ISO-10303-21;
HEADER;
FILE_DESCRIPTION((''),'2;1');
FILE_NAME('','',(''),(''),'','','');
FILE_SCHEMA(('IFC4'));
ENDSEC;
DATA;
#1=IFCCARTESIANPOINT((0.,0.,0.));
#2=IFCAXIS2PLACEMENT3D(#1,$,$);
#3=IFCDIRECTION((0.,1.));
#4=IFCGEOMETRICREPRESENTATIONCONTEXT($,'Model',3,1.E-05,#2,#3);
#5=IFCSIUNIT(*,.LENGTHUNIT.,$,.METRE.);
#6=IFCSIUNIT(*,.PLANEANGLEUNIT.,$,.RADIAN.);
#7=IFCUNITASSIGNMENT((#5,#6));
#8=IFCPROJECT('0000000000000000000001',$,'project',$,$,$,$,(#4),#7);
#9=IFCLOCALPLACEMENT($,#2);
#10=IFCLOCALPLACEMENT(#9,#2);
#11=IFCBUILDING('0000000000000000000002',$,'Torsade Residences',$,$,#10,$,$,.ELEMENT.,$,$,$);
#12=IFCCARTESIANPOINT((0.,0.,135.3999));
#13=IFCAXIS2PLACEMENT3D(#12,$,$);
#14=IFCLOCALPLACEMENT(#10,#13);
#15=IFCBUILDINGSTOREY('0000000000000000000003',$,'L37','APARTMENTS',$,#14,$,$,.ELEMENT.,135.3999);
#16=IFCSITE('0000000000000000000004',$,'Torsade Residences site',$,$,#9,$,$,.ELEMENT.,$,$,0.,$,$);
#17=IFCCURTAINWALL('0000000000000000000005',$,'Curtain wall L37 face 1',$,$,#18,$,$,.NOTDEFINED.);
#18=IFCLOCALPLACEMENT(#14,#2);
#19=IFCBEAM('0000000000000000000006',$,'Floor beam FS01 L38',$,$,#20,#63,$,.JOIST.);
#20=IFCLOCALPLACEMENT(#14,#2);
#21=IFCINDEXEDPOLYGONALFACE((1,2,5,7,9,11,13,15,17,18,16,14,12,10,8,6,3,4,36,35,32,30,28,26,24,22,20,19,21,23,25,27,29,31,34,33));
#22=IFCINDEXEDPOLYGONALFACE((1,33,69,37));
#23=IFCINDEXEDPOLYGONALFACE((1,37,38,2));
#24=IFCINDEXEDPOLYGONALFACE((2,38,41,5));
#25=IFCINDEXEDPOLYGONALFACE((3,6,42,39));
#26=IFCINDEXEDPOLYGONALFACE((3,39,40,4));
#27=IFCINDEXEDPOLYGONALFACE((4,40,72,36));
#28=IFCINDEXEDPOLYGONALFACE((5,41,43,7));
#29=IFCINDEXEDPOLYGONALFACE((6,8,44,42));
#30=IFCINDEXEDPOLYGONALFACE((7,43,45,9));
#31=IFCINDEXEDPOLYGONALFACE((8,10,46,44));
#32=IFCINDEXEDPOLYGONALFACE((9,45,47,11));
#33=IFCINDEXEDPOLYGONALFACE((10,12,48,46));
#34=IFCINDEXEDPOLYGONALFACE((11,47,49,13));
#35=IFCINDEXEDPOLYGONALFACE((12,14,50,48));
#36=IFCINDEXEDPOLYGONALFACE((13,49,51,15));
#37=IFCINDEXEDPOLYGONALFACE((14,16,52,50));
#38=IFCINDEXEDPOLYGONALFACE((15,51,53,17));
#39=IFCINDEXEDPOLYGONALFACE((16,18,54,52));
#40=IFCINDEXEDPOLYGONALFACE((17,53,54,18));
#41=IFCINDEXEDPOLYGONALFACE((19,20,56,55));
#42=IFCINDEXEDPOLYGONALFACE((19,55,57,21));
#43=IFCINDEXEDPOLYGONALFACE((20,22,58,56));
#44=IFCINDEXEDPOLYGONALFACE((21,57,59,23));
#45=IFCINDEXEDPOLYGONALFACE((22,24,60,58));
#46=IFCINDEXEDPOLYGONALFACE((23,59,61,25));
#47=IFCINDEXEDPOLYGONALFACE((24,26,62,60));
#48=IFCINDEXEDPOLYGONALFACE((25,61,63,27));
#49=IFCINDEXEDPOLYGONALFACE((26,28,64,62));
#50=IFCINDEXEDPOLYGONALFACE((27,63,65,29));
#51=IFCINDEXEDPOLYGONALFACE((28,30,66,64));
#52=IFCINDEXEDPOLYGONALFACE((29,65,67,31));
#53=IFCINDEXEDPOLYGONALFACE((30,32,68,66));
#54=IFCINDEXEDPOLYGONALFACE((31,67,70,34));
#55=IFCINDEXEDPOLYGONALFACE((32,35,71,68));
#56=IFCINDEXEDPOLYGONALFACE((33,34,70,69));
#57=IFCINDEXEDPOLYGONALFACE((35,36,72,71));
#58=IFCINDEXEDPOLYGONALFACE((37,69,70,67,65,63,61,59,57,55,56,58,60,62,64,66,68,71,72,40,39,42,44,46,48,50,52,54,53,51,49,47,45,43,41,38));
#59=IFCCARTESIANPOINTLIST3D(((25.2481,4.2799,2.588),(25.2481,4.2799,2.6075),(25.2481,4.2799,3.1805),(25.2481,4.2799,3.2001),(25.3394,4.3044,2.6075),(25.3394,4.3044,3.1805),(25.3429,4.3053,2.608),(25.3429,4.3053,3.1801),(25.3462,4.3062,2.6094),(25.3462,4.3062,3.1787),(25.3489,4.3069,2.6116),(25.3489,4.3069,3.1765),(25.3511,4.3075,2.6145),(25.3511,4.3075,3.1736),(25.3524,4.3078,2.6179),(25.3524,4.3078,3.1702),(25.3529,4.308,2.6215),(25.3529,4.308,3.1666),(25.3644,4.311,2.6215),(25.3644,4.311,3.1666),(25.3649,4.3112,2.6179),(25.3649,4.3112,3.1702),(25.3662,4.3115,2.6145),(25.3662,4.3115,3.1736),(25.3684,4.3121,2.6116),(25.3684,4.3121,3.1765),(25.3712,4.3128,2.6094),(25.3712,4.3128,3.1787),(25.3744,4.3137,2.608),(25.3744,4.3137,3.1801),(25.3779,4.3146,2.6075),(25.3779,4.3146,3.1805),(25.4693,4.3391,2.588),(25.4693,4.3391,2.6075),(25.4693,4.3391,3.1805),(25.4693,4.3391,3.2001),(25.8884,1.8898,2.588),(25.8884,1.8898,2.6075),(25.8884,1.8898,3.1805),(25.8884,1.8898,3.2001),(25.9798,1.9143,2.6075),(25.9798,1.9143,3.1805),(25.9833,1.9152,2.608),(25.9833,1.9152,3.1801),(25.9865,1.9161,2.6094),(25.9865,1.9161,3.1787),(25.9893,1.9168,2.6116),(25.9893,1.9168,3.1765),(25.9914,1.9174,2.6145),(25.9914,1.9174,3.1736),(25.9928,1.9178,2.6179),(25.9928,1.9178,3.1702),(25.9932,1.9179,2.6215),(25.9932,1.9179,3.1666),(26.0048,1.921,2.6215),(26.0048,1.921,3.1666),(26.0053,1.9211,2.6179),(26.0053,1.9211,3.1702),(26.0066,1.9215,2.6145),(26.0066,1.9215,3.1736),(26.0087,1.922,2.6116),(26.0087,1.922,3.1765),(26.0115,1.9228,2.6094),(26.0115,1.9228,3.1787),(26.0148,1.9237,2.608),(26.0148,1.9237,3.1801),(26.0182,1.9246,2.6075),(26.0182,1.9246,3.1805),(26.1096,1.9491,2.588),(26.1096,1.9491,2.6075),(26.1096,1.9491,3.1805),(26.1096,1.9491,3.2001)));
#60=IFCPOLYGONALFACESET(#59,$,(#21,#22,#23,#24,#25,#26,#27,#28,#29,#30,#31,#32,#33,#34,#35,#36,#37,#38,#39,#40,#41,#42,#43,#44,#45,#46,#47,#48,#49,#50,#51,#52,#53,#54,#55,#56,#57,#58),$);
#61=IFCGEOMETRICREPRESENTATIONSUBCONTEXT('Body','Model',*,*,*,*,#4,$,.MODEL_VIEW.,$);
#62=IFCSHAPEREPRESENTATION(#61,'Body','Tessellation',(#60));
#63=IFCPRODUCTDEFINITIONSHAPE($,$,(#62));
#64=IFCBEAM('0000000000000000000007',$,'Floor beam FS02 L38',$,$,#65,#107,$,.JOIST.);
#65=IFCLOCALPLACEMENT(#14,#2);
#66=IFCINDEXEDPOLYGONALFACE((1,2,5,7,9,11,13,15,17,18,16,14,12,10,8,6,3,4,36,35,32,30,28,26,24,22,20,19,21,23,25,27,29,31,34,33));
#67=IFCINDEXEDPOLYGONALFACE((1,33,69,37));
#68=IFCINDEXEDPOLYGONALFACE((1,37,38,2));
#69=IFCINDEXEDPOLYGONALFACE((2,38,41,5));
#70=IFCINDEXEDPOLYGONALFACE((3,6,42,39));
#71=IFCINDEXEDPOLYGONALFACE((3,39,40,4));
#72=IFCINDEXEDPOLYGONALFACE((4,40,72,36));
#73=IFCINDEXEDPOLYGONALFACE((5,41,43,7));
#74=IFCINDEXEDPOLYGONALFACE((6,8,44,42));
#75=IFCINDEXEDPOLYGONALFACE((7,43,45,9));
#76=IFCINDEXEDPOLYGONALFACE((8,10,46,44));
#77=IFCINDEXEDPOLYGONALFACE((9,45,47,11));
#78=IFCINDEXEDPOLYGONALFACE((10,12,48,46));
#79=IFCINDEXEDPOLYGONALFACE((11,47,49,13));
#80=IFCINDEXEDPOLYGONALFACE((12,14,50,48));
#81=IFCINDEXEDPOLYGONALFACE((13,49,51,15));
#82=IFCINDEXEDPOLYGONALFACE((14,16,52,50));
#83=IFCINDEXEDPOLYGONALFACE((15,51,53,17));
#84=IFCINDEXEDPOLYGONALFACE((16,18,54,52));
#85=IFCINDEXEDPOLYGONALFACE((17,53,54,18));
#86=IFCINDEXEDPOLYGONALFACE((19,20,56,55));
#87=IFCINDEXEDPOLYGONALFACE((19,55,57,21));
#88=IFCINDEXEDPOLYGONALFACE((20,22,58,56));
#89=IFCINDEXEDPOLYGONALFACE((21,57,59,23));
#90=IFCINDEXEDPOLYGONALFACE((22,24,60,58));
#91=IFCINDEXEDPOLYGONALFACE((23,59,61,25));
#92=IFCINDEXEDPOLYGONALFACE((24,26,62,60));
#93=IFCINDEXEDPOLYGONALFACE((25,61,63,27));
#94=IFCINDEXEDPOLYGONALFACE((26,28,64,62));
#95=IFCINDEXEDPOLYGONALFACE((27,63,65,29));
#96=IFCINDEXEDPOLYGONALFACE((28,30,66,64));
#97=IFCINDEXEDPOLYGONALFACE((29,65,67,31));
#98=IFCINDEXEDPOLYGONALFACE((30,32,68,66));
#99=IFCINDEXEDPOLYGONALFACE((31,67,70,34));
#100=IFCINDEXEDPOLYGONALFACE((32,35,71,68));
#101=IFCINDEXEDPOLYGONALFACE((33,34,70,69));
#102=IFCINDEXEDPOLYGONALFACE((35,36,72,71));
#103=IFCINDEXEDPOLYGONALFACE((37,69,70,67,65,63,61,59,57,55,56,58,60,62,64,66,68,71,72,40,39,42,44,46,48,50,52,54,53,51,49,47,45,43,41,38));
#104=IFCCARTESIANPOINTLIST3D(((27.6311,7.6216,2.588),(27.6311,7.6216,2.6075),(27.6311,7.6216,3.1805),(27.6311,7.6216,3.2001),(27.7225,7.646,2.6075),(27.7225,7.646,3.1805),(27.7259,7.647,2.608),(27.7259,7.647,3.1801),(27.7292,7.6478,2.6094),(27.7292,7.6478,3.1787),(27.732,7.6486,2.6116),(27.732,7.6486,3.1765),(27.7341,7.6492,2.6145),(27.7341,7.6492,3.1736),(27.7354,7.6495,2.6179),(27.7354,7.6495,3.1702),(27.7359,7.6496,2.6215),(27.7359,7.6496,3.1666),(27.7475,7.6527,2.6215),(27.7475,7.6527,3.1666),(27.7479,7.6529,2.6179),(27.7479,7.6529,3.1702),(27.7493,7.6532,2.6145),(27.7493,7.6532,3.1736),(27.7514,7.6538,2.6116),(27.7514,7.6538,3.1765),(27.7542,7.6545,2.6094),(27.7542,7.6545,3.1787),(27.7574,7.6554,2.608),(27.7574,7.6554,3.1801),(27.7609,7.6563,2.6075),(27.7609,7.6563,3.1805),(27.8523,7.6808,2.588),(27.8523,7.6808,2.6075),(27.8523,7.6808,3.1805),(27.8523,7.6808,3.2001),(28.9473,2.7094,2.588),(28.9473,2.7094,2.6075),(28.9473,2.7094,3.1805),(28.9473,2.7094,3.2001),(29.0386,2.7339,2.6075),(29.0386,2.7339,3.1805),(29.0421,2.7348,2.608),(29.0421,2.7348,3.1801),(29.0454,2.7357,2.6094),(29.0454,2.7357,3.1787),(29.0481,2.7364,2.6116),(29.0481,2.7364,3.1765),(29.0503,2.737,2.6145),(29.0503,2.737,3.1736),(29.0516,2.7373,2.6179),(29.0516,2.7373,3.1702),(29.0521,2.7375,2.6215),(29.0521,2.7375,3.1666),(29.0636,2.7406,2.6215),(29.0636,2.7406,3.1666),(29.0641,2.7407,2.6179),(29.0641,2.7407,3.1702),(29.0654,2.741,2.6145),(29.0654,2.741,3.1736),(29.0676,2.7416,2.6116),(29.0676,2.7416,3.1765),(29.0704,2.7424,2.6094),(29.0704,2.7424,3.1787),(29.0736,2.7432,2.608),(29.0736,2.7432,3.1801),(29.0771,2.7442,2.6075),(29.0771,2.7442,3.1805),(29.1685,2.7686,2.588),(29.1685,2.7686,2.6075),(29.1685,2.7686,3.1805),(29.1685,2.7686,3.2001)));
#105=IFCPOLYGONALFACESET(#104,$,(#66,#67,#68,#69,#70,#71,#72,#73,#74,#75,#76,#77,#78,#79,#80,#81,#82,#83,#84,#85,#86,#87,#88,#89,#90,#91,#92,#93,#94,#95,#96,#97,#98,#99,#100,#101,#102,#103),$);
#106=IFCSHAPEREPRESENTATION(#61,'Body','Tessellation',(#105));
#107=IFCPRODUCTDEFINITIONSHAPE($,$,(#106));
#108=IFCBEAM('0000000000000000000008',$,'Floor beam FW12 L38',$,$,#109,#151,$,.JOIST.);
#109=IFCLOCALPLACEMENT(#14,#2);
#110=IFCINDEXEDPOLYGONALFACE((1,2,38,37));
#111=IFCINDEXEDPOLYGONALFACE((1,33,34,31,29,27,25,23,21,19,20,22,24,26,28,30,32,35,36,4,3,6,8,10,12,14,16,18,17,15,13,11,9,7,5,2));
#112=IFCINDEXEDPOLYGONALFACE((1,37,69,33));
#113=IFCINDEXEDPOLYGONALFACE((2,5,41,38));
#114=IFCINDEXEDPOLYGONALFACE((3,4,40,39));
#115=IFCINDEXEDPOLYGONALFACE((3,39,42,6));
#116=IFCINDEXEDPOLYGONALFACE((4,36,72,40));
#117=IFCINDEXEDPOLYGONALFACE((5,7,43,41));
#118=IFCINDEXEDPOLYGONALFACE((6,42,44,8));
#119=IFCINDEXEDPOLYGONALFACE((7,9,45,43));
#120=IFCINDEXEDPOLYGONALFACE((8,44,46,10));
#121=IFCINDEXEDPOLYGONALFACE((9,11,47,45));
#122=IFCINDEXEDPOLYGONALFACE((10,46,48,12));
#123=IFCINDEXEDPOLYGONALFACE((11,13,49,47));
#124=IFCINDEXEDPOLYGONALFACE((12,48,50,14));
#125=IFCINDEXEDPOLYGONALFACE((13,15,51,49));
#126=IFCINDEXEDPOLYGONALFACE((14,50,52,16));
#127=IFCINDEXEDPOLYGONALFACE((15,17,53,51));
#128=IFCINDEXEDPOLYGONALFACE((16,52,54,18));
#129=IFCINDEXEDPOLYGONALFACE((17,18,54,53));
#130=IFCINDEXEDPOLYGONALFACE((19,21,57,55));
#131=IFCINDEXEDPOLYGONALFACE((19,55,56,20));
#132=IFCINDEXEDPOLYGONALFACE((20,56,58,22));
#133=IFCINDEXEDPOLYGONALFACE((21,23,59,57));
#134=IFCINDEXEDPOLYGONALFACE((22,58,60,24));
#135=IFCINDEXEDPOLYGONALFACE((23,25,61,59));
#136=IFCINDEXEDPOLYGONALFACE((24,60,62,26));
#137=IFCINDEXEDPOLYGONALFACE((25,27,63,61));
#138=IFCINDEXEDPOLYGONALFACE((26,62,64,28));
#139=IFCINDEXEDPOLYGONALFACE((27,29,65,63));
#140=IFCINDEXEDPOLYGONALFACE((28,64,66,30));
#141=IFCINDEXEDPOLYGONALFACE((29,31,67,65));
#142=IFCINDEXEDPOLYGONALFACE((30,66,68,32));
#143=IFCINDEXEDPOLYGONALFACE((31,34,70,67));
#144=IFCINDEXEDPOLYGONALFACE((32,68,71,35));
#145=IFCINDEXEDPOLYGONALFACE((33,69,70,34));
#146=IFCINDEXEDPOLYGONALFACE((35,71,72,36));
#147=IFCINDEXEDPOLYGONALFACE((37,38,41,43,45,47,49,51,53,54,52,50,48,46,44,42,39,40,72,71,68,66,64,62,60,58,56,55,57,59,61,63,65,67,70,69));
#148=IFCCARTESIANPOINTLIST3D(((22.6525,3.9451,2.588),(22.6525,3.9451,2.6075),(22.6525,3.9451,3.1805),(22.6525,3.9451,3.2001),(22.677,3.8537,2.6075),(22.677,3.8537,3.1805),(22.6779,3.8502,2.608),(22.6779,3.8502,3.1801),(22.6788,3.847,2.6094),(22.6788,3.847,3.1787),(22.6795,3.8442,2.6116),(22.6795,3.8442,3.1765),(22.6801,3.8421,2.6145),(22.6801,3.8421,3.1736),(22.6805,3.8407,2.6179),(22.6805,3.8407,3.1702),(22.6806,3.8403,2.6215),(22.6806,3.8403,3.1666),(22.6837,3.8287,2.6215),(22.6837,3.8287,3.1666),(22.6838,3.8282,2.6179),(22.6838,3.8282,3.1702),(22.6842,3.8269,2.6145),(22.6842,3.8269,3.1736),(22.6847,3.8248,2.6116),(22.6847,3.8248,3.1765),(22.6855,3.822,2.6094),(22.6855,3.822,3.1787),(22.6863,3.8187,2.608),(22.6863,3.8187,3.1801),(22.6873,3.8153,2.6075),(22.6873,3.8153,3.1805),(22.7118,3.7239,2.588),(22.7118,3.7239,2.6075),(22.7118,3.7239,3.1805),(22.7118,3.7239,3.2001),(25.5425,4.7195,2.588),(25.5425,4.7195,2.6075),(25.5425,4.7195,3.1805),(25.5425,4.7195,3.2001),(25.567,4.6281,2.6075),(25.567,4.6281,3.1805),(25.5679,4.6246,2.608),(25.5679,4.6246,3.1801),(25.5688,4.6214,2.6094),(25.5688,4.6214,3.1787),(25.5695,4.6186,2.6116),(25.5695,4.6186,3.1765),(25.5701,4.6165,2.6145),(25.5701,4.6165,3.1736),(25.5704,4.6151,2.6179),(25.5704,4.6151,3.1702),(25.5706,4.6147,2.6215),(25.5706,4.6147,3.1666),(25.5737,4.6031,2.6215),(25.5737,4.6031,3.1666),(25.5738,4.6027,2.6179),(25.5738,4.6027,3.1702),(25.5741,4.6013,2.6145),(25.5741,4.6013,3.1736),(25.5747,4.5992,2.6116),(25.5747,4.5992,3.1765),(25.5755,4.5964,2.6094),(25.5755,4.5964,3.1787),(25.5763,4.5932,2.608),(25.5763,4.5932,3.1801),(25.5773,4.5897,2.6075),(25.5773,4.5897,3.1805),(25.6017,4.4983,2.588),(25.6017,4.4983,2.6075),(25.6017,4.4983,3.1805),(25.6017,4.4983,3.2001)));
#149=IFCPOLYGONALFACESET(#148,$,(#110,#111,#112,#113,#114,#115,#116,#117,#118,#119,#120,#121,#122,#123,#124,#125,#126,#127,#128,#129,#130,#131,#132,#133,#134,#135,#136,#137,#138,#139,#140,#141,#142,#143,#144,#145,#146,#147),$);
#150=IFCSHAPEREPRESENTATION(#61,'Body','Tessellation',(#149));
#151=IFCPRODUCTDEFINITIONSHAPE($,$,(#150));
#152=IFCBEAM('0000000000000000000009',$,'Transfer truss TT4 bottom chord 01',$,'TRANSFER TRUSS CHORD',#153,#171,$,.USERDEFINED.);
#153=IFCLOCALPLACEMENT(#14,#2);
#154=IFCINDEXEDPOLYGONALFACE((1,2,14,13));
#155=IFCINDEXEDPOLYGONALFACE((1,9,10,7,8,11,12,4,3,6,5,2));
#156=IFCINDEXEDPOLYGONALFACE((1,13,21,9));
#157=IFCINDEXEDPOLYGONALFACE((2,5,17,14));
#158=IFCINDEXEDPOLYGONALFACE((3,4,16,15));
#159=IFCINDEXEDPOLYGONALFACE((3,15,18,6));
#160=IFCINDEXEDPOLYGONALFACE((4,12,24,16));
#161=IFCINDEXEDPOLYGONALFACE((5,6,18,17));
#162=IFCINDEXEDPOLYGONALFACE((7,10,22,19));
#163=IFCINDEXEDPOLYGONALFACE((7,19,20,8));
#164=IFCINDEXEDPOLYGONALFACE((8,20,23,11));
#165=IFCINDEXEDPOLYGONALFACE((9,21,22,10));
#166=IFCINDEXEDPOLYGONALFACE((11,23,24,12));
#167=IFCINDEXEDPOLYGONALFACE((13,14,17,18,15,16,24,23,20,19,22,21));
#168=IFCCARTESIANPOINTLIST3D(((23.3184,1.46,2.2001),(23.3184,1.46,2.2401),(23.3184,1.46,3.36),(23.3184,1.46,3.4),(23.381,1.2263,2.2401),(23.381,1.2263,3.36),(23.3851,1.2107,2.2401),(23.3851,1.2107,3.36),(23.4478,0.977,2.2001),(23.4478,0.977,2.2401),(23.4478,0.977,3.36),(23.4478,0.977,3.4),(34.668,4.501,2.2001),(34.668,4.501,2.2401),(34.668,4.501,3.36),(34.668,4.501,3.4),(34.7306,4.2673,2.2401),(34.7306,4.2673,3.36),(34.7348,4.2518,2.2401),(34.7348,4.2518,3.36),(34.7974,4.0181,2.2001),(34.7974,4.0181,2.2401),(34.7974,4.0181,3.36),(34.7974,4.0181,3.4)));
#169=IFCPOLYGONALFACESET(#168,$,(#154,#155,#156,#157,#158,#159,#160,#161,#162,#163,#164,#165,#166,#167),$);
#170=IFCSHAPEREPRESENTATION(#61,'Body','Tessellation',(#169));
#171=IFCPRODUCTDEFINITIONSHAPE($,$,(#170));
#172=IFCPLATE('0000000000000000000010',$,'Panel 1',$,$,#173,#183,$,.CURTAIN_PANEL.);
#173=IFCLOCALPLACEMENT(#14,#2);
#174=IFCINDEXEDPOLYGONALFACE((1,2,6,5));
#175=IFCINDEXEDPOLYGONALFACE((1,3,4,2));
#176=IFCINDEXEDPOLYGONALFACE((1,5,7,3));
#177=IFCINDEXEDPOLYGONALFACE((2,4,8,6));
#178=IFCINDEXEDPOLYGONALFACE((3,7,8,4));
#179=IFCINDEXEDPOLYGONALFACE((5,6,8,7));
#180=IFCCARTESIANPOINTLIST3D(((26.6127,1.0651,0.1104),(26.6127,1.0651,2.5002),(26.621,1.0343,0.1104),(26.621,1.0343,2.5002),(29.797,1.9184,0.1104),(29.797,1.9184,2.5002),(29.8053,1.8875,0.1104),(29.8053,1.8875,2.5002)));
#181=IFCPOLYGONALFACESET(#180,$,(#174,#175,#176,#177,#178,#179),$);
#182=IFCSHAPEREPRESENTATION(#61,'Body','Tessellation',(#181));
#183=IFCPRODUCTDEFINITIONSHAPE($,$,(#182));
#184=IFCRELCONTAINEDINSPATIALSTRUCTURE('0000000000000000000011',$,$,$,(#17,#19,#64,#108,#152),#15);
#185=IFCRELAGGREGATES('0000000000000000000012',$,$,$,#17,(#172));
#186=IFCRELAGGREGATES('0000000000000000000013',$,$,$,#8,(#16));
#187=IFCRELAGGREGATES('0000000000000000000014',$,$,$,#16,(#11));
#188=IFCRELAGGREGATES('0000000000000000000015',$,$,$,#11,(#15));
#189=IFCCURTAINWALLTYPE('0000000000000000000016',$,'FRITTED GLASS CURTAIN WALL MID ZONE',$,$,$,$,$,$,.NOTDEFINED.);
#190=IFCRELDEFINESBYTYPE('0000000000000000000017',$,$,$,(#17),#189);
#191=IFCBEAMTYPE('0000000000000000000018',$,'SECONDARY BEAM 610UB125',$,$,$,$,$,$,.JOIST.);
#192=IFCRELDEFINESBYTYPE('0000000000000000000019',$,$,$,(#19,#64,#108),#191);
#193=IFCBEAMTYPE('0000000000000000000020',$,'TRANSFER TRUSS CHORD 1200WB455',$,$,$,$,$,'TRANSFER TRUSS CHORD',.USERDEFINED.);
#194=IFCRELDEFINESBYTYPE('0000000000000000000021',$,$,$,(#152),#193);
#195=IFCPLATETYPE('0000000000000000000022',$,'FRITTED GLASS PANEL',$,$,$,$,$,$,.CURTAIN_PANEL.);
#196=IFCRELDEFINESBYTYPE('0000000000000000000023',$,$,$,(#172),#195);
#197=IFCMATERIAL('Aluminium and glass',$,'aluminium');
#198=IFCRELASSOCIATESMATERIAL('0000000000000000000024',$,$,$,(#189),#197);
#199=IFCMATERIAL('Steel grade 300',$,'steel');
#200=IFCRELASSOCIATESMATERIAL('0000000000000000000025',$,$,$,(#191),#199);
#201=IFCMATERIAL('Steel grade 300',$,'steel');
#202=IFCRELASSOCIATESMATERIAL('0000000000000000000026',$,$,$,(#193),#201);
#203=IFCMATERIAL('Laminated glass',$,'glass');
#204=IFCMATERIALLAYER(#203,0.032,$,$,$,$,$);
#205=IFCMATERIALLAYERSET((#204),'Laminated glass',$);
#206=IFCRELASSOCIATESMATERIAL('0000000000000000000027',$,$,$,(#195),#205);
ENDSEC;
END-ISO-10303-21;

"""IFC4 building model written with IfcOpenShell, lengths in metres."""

from ifc_helpers import new_model, si_unit, direction, frame, origin, origin_2d, place, context, subcontext, project, spatial, rectangle, i_section, extrude, material, layer, layer_set, material_profile, profile_set, type_object, element, aggregate, save


model = new_model("IFC4")

# Units and contexts
model_context = context("Model", 3, precision=1e-05, world=origin(), true_north=direction((0.0, 1.0)))
body_context = subcontext(model_context, "Body", "Model", "MODEL_VIEW")
ifc_project = project(units=[si_unit("LENGTHUNIT", "METRE"), si_unit("PLANEANGLEUNIT", "RADIAN")], contexts=[model_context])

# Site, building, storey
site_placement = place(None, origin())
site = spatial("IfcSite", under=ifc_project, at=site_placement, Name="Torsade Residences site", CompositionType="ELEMENT", RefElevation=0.0)
building_placement = place(site_placement, origin())
building = spatial("IfcBuilding", under=site, at=building_placement, Name="Torsade Residences", CompositionType="ELEMENT")
storey_placement = place(building_placement, frame((0.0, 0.0, 135.3999)))
storey = spatial("IfcBuildingStorey", under=building, at=storey_placement, Name="L37", Description="APARTMENTS", CompositionType="ELEMENT", Elevation=135.3999)

# Curtain wall
ifc_material_1 = material(Name="Aluminium and glass", Category="aluminium")
curtain_wall_type = type_object("IfcCurtainWallType", Name="FRITTED GLASS CURTAIN WALL MID ZONE", PredefinedType="NOTDEFINED", material=ifc_material_1)
curtain_wall_placement = place(storey_placement, origin())
curtain_wall = element("IfcCurtainWall", 1, at=curtain_wall_placement, inside=storey, type_object=curtain_wall_type, Name="Curtain wall L37 face 1", PredefinedType="NOTDEFINED")

# Beams
ifc_material_2 = material(Name="Steel grade 300", Category="steel")
ifc_material_profile_1 = material_profile(ifc_material_2, i_section(OverallWidth=0.229, OverallDepth=0.6121, WebThickness=0.012, FlangeThickness=0.0195, FilletRadius=0.0139, at=origin_2d()), Name="610UB125")
ifc_profile_set_1 = profile_set([ifc_material_profile_1], Name="Steel grade 300")
beam_type_1 = type_object("IfcBeamType", Name="SECONDARY BEAM 610UB125", PredefinedType="JOIST", material=ifc_profile_set_1)
beam_1_placement = place(storey_placement, frame((25.999, 1.9194, 2.894), z_axis=(-0.258799, 0.965931, 0.0), x_axis=(-0.965931, -0.258799, 0.0)))
element("IfcBeam", 2, at=beam_1_placement, inside=storey, type_object=beam_type_1, Name="Floor beam FS01 L38", PredefinedType="JOIST", context=body_context, shape_type="SweptSolid", body=[
    extrude(i_section(OverallWidth=0.229, OverallDepth=0.6121, WebThickness=0.012, FlangeThickness=0.0195, FilletRadius=0.0139, at=origin_2d()), origin(), (0.0, 0.0, 1.0), 2.4744),
])
beam_2_placement = place(storey_placement, frame((29.0579, 2.739, 2.894), z_axis=(-0.258813, 0.965927, 0.0), x_axis=(-0.965927, -0.258813, 0.0)))
element("IfcBeam", 3, at=beam_2_placement, inside=storey, type_object=beam_type_1, Name="Floor beam FS02 L38", PredefinedType="JOIST", context=body_context, shape_type="SweptSolid", body=[
    extrude(i_section(OverallWidth=0.229, OverallDepth=0.6121, WebThickness=0.012, FlangeThickness=0.0195, FilletRadius=0.0139, at=origin_2d()), origin(), (0.0, 0.0, 1.0), 5.0854),
])
beam_3_placement = place(storey_placement, frame((22.6821, 3.8345, 2.894), z_axis=(0.96592, 0.258841, 0.0), x_axis=(-0.258841, 0.96592, 0.0)))
element("IfcBeam", 4, at=beam_3_placement, inside=storey, type_object=beam_type_1, Name="Floor beam FW12 L38", PredefinedType="JOIST", context=body_context, shape_type="SweptSolid", body=[
    extrude(i_section(OverallWidth=0.229, OverallDepth=0.6121, WebThickness=0.012, FlangeThickness=0.0195, FilletRadius=0.0139, at=origin_2d()), origin(), (0.0, 0.0, 1.0), 2.9919),
])
ifc_material_3 = material(Name="Steel grade 300", Category="steel")
ifc_material_profile_2 = material_profile(ifc_material_3, i_section(OverallWidth=0.5, OverallDepth=1.2, WebThickness=0.0161, FlangeThickness=0.04, at=origin_2d()), Name="1200WB455")
ifc_profile_set_2 = profile_set([ifc_material_profile_2], Name="Steel grade 300")
beam_type_2 = type_object("IfcBeamType", Name="TRANSFER TRUSS CHORD 1200WB455", ElementType="TRANSFER TRUSS CHORD", PredefinedType="USERDEFINED", material=ifc_profile_set_2)
beam_4_placement = place(storey_placement, frame((23.3831, 1.2185, 2.8), z_axis=(0.965928, 0.258811, 0.0), x_axis=(-0.258811, 0.965928, 0.0)))
element("IfcBeam", 5, at=beam_4_placement, inside=storey, type_object=beam_type_2, Name="Transfer truss TT4 bottom chord 01", ObjectType="TRANSFER TRUSS CHORD", PredefinedType="USERDEFINED", context=body_context, shape_type="SweptSolid", body=[
    extrude(i_section(OverallWidth=0.5, OverallDepth=1.2, WebThickness=0.0161, FlangeThickness=0.04, at=origin_2d()), origin(), (0.0, 0.0, 1.0), 11.75),
])

# Plate
ifc_material_4 = material(Name="Laminated glass", Category="glass")
ifc_layer_1 = layer(ifc_material_4, 0.032)
ifc_layer_set_1 = layer_set([ifc_layer_1], Name="Laminated glass")
plate_type_1 = type_object("IfcPlateType", Name="FRITTED GLASS PANEL", PredefinedType="CURTAIN_PANEL", material=ifc_layer_set_1)
plate_1_placement = place(storey_placement, frame((28.209, 1.4763, 0.1104), z_axis=(0.0, 0.0, 1.0), x_axis=(0.965926, 0.258819, 0.0)))
plate_1 = element("IfcPlate", 6, at=plate_1_placement, type_object=plate_type_1, Name="Panel 1", PredefinedType="CURTAIN_PANEL", context=body_context, shape_type="SweptSolid", body=[
    extrude(rectangle(XDim=3.2966, YDim=0.032, at=origin_2d()), origin(), (0.0, 0.0, 1.0), 2.3899),
])
aggregate(curtain_wall, [plate_1])

save(model, "model.ifc")
